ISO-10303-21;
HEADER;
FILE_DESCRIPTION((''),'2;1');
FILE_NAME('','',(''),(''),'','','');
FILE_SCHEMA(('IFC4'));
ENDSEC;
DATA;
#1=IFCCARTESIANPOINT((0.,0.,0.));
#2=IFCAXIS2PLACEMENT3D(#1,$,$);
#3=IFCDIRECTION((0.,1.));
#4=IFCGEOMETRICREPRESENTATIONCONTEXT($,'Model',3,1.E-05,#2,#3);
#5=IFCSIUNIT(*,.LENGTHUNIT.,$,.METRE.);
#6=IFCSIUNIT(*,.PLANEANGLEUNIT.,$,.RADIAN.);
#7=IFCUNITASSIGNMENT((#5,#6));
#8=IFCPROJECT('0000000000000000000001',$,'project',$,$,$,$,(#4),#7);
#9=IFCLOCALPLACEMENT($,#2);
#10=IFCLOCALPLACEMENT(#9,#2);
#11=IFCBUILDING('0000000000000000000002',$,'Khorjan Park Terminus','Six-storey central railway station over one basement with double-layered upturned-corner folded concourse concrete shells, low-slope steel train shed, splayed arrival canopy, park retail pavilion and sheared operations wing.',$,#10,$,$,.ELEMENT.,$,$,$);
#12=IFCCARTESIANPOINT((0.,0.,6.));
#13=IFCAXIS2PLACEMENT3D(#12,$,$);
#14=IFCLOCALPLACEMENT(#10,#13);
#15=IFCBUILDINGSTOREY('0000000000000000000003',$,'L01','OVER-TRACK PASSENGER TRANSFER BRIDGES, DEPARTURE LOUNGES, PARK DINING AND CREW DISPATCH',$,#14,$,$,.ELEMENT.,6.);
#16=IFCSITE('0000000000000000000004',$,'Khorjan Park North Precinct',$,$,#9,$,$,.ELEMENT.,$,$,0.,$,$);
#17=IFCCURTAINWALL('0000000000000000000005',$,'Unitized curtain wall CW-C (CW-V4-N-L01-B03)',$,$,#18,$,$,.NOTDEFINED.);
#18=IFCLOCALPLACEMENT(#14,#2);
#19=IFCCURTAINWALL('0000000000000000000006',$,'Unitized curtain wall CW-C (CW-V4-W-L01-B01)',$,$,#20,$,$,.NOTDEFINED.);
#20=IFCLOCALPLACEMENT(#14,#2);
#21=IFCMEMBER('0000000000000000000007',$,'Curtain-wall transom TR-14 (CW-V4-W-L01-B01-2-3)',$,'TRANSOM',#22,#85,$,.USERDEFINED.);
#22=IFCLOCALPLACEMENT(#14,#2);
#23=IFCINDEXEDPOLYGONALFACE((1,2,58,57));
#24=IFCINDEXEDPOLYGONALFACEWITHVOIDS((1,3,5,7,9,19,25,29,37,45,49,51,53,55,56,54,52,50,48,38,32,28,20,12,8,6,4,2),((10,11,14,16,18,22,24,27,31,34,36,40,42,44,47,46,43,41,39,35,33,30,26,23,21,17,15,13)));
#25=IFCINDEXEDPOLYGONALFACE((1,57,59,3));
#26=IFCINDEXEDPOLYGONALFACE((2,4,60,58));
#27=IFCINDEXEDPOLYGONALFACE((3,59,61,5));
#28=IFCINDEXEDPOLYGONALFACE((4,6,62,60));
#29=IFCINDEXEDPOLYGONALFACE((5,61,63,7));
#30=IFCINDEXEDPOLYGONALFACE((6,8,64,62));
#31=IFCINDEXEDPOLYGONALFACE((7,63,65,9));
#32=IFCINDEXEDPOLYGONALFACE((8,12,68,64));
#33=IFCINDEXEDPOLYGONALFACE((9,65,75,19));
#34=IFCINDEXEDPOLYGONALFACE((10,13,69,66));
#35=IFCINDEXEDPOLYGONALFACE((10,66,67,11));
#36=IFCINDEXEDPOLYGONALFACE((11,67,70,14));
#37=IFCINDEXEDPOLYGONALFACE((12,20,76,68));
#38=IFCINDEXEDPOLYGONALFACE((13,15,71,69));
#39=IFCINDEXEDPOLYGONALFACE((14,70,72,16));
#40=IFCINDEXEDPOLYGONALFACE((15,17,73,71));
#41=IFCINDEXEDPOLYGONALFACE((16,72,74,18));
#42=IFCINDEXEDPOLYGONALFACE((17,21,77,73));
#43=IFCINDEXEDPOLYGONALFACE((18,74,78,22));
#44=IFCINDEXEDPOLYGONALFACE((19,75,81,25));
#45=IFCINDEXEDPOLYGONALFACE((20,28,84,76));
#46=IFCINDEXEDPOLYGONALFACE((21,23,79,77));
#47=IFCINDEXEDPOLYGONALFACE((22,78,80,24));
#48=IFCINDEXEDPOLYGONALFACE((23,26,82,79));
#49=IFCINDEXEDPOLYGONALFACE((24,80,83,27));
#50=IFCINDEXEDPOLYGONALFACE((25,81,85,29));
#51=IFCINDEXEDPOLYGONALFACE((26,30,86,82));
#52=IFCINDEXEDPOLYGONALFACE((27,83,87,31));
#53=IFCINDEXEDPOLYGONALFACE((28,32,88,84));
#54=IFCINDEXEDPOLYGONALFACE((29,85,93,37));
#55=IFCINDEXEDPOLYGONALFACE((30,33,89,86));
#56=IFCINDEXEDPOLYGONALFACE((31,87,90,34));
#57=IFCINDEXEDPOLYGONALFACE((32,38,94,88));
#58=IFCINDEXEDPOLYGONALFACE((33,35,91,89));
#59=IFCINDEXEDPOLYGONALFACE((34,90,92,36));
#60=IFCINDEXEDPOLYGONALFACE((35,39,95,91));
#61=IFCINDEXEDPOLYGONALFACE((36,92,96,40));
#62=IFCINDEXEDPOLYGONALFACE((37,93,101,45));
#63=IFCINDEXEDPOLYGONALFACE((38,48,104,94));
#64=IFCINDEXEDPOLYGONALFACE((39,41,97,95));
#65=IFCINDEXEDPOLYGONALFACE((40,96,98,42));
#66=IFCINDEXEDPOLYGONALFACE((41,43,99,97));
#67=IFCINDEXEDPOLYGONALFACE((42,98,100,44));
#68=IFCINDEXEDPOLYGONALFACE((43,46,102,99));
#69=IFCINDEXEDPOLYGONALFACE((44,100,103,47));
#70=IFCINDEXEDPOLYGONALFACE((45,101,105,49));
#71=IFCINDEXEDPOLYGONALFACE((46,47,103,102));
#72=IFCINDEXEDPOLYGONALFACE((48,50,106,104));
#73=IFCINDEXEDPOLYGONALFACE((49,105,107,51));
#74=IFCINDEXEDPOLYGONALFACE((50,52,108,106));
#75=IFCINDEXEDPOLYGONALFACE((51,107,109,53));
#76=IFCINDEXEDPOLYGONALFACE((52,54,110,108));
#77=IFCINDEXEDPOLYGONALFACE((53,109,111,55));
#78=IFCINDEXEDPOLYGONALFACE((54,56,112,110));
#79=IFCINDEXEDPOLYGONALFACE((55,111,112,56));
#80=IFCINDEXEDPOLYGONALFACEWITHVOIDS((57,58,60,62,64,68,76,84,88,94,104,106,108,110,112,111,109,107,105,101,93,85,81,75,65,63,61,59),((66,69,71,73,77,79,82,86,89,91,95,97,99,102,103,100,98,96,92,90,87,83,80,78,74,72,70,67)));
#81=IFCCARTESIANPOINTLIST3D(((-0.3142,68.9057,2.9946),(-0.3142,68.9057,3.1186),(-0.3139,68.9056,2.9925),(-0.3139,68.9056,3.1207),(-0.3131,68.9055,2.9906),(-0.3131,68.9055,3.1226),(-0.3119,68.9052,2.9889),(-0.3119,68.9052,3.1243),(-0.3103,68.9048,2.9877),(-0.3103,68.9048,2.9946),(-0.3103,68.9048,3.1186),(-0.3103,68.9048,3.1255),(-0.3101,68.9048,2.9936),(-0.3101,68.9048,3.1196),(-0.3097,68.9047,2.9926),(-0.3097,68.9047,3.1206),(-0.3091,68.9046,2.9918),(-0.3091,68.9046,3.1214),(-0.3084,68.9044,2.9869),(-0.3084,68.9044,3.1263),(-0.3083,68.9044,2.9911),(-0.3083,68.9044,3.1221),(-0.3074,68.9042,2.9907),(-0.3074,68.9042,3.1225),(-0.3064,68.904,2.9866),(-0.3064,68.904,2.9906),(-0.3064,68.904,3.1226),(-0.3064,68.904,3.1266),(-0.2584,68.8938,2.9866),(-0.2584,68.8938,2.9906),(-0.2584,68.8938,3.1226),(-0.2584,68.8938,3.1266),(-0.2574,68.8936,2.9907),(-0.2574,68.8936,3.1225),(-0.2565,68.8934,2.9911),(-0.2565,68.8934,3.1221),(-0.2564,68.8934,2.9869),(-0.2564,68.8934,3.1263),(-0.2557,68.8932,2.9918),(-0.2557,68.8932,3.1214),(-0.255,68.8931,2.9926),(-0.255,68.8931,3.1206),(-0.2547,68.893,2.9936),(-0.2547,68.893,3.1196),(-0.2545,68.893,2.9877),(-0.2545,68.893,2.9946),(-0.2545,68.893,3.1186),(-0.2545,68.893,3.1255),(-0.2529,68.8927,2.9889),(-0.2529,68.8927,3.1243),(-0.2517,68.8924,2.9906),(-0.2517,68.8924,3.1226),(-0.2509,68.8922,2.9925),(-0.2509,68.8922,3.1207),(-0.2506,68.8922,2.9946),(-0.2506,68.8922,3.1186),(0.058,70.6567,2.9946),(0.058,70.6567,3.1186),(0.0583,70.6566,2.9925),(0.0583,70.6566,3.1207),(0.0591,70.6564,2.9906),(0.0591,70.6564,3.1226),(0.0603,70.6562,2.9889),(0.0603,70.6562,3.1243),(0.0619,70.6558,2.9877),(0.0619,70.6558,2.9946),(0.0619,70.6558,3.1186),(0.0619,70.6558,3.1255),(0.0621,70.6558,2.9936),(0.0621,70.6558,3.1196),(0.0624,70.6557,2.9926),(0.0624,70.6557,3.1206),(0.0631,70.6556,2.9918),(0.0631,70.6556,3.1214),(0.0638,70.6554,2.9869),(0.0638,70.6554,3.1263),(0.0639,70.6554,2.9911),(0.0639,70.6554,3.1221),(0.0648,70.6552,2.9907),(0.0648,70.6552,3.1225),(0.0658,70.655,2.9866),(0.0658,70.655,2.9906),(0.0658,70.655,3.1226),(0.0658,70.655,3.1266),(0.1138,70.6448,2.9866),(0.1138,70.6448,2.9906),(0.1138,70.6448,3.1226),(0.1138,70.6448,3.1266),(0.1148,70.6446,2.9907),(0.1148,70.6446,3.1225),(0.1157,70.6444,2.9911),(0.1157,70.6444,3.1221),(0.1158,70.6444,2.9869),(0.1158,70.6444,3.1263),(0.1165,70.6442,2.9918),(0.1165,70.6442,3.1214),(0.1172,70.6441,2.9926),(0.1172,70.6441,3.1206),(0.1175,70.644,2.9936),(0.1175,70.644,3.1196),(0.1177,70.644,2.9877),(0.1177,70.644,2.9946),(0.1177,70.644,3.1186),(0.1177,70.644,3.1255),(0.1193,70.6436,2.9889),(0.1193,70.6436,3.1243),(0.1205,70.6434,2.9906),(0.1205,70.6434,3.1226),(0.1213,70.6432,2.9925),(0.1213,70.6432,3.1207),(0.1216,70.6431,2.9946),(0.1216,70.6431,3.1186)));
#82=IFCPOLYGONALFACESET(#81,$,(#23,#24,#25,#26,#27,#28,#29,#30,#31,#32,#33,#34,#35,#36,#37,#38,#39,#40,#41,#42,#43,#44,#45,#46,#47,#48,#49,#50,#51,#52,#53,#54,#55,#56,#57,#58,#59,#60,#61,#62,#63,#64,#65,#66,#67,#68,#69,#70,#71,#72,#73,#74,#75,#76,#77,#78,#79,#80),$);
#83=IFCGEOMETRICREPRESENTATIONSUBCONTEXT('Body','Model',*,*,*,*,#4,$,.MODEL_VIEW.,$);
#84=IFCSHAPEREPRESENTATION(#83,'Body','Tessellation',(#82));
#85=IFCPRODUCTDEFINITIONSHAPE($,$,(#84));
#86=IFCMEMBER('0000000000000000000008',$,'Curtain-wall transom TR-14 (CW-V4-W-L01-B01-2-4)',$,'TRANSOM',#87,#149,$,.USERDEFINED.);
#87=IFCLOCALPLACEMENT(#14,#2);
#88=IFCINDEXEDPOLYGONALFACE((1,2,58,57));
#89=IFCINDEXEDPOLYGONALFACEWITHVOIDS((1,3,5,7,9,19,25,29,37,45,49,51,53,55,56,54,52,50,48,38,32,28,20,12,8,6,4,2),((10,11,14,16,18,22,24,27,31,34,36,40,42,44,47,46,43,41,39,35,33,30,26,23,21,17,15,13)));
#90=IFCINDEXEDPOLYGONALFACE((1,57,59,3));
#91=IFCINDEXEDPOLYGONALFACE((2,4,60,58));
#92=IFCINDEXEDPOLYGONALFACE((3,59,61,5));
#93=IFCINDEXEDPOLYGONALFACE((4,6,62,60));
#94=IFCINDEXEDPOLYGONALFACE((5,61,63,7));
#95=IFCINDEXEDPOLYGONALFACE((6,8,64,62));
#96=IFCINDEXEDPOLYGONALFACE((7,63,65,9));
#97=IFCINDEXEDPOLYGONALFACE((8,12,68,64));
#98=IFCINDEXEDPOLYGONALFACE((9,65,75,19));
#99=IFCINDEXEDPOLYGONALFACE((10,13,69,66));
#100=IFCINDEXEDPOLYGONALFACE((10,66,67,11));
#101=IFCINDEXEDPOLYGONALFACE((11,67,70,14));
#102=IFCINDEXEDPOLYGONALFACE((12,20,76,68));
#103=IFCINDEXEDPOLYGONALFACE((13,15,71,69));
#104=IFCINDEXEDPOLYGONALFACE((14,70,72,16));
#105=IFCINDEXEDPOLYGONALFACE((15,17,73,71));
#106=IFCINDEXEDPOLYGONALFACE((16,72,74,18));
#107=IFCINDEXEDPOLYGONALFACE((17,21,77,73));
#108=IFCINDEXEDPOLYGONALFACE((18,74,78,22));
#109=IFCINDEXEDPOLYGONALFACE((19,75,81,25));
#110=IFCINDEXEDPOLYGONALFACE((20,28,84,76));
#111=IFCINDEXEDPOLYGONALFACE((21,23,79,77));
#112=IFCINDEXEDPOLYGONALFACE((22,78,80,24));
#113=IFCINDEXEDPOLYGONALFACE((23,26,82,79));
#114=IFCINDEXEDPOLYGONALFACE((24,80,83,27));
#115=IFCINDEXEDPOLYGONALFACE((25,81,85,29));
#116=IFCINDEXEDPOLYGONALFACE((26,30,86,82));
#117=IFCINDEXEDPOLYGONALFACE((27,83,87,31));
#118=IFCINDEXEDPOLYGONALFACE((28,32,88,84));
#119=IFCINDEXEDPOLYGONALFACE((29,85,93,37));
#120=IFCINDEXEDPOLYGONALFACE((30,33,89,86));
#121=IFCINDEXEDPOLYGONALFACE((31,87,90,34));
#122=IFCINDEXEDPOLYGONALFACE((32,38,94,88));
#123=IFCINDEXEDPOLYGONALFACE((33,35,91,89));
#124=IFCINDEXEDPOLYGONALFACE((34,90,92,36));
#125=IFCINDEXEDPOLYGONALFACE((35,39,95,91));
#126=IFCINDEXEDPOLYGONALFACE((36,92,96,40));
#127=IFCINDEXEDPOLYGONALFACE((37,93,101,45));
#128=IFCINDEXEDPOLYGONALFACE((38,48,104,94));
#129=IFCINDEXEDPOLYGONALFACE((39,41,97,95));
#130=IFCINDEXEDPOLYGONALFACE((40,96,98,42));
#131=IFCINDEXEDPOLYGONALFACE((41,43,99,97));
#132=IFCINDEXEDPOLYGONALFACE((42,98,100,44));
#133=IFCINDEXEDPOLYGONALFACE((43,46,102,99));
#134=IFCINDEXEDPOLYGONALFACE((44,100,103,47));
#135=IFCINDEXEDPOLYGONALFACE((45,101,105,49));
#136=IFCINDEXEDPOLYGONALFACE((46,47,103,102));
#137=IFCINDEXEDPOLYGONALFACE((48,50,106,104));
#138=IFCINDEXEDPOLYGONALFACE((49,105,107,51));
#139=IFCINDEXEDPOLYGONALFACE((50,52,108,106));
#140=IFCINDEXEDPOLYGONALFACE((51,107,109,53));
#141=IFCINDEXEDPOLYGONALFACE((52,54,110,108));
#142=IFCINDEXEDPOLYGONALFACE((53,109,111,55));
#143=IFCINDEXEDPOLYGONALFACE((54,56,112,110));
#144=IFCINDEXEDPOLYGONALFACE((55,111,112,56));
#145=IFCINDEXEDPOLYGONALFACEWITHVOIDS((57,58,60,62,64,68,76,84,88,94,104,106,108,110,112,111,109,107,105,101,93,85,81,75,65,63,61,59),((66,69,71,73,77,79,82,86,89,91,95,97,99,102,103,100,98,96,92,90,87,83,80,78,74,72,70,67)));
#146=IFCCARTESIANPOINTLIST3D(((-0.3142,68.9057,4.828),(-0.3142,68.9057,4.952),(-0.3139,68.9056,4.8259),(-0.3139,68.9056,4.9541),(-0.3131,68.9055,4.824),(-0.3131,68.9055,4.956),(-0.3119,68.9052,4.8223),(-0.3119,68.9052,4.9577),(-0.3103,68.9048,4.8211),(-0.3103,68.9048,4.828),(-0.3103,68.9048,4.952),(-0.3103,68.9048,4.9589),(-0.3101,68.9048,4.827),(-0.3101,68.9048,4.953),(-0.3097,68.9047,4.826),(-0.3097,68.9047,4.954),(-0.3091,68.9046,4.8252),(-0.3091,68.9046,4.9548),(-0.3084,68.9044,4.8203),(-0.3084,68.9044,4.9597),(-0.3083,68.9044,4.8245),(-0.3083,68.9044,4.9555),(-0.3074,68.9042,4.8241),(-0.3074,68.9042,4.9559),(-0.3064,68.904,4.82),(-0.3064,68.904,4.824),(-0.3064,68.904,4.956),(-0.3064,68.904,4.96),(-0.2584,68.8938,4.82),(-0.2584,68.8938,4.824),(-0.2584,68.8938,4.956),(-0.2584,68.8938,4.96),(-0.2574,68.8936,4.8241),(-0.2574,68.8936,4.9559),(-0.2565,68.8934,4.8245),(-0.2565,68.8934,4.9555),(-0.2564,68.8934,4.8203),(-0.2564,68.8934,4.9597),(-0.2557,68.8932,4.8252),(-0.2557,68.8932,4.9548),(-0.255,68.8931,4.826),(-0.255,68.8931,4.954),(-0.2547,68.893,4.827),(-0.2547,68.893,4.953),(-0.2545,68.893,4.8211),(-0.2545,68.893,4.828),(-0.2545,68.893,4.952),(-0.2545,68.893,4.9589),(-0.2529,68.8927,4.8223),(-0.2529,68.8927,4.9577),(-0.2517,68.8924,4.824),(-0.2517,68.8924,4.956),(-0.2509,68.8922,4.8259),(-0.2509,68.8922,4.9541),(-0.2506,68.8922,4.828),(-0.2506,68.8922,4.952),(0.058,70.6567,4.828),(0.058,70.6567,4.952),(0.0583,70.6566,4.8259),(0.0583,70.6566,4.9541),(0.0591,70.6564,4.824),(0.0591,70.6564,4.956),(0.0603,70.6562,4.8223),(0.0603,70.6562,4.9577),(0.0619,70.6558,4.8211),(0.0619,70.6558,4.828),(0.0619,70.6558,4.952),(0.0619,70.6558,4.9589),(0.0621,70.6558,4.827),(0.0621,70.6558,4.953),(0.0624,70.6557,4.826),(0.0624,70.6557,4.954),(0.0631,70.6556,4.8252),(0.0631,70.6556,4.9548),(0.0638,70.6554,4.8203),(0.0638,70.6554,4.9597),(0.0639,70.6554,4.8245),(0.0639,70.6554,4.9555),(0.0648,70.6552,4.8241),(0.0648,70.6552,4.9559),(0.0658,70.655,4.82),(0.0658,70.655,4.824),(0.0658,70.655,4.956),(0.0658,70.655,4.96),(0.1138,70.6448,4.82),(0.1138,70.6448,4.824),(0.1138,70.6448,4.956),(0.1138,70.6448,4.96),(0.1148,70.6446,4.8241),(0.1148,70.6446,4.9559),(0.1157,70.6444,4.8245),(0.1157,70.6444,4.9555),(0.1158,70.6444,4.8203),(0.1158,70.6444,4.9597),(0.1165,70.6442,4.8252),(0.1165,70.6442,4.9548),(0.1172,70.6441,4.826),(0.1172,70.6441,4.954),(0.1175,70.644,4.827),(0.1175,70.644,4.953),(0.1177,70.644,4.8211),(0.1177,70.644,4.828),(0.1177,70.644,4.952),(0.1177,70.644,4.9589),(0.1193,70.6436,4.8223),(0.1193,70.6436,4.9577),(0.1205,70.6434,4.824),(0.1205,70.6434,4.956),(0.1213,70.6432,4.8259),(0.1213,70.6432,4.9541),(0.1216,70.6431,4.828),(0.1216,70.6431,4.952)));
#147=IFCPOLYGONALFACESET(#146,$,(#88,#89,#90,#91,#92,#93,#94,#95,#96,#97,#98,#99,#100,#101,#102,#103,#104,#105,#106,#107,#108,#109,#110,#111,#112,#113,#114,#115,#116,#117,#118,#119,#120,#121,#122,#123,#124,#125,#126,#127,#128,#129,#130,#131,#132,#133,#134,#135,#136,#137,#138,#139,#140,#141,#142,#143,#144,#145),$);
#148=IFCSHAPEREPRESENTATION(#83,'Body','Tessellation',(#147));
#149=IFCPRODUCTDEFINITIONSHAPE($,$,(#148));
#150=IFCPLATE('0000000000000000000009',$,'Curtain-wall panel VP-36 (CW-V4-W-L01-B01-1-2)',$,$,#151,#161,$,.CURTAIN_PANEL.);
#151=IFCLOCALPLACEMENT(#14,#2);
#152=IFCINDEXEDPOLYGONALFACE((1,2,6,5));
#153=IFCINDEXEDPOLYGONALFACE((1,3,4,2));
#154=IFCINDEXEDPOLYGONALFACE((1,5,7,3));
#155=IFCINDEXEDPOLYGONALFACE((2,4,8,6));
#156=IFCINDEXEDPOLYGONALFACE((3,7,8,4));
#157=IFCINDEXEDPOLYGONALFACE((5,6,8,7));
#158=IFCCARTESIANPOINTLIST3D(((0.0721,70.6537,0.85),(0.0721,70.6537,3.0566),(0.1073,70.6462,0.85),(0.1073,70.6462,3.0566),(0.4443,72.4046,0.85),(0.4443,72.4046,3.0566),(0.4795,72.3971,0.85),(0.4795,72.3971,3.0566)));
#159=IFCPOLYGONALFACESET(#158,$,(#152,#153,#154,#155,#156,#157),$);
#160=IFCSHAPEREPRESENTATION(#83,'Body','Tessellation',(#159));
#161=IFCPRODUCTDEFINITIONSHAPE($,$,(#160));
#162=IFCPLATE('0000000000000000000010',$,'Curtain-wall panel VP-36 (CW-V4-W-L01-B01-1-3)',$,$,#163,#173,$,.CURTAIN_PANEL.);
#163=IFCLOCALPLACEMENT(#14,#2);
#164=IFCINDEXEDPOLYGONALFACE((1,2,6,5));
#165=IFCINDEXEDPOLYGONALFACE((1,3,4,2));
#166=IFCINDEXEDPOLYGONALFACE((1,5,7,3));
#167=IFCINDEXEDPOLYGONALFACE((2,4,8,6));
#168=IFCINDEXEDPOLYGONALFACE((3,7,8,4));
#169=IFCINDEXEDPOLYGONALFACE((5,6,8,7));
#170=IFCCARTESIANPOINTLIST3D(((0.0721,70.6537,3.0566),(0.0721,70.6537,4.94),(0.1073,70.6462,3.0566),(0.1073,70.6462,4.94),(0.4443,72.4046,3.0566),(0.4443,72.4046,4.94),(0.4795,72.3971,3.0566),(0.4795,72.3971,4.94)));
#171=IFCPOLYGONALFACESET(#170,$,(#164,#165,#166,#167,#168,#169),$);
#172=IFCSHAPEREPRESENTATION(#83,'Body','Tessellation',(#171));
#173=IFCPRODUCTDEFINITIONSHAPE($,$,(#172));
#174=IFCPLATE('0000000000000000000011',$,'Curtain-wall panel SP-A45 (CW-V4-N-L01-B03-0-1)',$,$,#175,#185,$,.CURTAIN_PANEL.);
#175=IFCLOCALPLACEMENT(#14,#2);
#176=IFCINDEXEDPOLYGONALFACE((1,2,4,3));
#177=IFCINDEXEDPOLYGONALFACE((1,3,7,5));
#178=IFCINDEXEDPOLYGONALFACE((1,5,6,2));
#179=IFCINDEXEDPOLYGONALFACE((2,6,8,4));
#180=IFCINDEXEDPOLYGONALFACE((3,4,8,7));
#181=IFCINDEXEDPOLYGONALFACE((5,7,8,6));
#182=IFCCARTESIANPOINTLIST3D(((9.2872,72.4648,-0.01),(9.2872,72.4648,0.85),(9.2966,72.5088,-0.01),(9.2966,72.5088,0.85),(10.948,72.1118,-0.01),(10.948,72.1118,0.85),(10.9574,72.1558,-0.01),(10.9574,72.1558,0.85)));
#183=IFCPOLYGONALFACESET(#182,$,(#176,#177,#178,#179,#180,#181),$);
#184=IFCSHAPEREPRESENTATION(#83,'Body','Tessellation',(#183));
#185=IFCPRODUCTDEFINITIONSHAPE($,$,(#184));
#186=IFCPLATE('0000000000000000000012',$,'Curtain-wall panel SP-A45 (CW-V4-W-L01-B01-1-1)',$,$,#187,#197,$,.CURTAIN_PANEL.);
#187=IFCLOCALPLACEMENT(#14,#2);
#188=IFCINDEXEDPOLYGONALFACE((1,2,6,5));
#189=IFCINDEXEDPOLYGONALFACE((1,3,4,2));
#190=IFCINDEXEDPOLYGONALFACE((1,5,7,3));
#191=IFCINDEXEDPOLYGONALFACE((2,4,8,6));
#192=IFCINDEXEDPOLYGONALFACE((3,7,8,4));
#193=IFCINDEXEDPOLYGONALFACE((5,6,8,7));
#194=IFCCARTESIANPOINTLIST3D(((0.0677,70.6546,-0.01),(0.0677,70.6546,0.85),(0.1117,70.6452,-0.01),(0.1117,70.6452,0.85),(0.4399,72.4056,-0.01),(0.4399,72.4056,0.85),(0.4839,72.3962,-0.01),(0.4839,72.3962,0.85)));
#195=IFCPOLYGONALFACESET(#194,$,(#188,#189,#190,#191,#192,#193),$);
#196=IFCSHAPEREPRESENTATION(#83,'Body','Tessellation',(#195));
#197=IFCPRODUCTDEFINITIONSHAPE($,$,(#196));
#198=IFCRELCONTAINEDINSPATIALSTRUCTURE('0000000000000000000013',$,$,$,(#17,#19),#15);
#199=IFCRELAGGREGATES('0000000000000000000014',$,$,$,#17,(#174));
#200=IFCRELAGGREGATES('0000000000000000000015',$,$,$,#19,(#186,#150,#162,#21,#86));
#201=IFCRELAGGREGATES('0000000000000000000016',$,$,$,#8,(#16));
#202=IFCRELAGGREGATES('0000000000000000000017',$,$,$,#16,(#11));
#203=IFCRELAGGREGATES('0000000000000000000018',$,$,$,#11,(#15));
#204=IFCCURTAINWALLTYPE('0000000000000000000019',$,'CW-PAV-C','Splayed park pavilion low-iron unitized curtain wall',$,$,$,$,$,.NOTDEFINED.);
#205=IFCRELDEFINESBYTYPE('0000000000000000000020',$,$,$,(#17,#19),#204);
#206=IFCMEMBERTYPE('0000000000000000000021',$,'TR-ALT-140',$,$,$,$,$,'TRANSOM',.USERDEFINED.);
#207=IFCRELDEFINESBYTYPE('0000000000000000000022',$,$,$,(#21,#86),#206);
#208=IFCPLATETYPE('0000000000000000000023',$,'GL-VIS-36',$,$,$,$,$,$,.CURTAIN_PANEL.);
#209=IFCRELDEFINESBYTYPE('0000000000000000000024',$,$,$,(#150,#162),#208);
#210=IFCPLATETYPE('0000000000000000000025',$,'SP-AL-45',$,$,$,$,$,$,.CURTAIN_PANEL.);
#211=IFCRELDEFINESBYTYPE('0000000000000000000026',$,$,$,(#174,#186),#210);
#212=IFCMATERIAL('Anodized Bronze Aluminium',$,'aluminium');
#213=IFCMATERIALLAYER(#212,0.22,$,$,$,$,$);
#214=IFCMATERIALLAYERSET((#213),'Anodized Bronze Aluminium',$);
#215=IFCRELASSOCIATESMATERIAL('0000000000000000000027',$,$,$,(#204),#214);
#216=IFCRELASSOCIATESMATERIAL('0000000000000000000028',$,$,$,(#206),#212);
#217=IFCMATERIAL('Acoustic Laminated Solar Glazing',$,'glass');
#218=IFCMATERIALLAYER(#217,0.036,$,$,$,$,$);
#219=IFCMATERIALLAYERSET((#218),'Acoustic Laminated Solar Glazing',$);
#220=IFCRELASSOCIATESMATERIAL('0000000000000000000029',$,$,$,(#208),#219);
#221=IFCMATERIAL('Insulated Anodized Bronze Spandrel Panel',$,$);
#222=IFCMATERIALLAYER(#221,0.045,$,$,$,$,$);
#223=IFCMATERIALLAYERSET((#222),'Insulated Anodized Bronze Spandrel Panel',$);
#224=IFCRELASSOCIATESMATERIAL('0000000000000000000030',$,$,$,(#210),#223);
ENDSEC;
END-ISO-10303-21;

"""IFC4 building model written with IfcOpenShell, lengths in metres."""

from ifc_helpers import new_model, si_unit, direction, frame, origin, origin_2d, place, context, subcontext, project, spatial, rectangle, hollow_rectangle, extrude, material, layer, layer_set, material_profile, profile_set, type_object, element, aggregate, save


model = new_model("IFC4")

# Units and contexts
model_context = context("Model", 3, precision=1e-05, world=origin(), true_north=direction((0.0, 1.0)))
body_context = subcontext(model_context, "Body", "Model", "MODEL_VIEW")
ifc_project = project(units=[si_unit("LENGTHUNIT", "METRE"), si_unit("PLANEANGLEUNIT", "RADIAN")], contexts=[model_context])

# Site, building, storey
site_placement = place(None, origin())
site = spatial("IfcSite", under=ifc_project, at=site_placement, Name="Khorjan Park North Precinct", CompositionType="ELEMENT", RefElevation=0.0)
building_placement = place(site_placement, origin())
building = spatial("IfcBuilding", under=site, at=building_placement, Name="Khorjan Park Terminus", Description="Six-storey central railway station over one basement with double-layered upturned-corner folded concourse concrete shells, low-slope steel train shed, splayed arrival canopy, park retail pavilion and sheared operations wing.", CompositionType="ELEMENT")
storey_placement = place(building_placement, frame((0.0, 0.0, 6.0)))
storey = spatial("IfcBuildingStorey", under=building, at=storey_placement, Name="L01", Description="OVER-TRACK PASSENGER TRANSFER BRIDGES, DEPARTURE LOUNGES, PARK DINING AND CREW DISPATCH", CompositionType="ELEMENT", Elevation=6.0)

# Curtain wall
ifc_material_1 = material(Name="Anodized Bronze Aluminium", Category="aluminium")
ifc_layer_1 = layer(ifc_material_1, 0.22)
ifc_layer_set_1 = layer_set([ifc_layer_1], Name="Anodized Bronze Aluminium")
curtain_wall_type = type_object("IfcCurtainWallType", Name="CW-PAV-C", Description="Splayed park pavilion low-iron unitized curtain wall", PredefinedType="NOTDEFINED", material=ifc_layer_set_1)
curtain_wall_1_placement = place(storey_placement, origin())
curtain_wall_1 = element("IfcCurtainWall", 1, at=curtain_wall_1_placement, inside=storey, type_object=curtain_wall_type, Name="Unitized curtain wall CW-C (CW-V4-N-L01-B03)", PredefinedType="NOTDEFINED")
ifc_material_profile_1 = material_profile(ifc_material_1, hollow_rectangle(XDim=0.065, YDim=0.14, WallThickness=0.004, InnerFilletRadius=0.004, OuterFilletRadius=0.008, at=origin_2d()), Name="ALT 65x140x4")
ifc_profile_set_1 = profile_set([ifc_material_profile_1], Name="Anodized Bronze Aluminium")
member_type_1 = type_object("IfcMemberType", Name="TR-ALT-140", ElementType="TRANSOM", PredefinedType="USERDEFINED", material=ifc_profile_set_1)

# Curtain wall, members, plates
curtain_wall_2_placement = place(storey_placement, origin())
curtain_wall_2 = element("IfcCurtainWall", 2, at=curtain_wall_2_placement, inside=storey, type_object=curtain_wall_type, Name="Unitized curtain wall CW-C (CW-V4-W-L01-B01)", PredefinedType="NOTDEFINED")
member_1_placement = place(storey_placement, frame((0.0898, 70.6499, 3.0566), z_axis=(-0.207919, -0.978146, 0.0), x_axis=(0.978146, -0.207919, 0.0)))
member_1 = element("IfcMember", 3, at=member_1_placement, type_object=member_type_1, Name="Curtain-wall transom TR-14 (CW-V4-W-L01-B01-2-3)", ObjectType="TRANSOM", PredefinedType="USERDEFINED", context=body_context, shape_type="SweptSolid", body=[
    extrude(hollow_rectangle(XDim=0.065, YDim=0.14, WallThickness=0.004, InnerFilletRadius=0.004, OuterFilletRadius=0.008, at=origin_2d()), origin(), (0.0, 0.0, 1.0), 1.7901),
])
member_2_placement = place(storey_placement, frame((0.0898, 70.6499, 4.89), z_axis=(-0.207919, -0.978146, 0.0), x_axis=(0.978146, -0.207919, 0.0)))
member_2 = element("IfcMember", 4, at=member_2_placement, type_object=member_type_1, Name="Curtain-wall transom TR-14 (CW-V4-W-L01-B01-2-4)", ObjectType="TRANSOM", PredefinedType="USERDEFINED", context=body_context, shape_type="SweptSolid", body=[
    extrude(hollow_rectangle(XDim=0.065, YDim=0.14, WallThickness=0.004, InnerFilletRadius=0.004, OuterFilletRadius=0.008, at=origin_2d()), origin(), (0.0, 0.0, 1.0), 1.7901),
])
ifc_material_2 = material(Name="Acoustic Laminated Solar Glazing", Category="glass")
ifc_layer_2 = layer(ifc_material_2, 0.036)
ifc_layer_set_2 = layer_set([ifc_layer_2], Name="Acoustic Laminated Solar Glazing")
plate_type_1 = type_object("IfcPlateType", Name="GL-VIS-36", PredefinedType="CURTAIN_PANEL", material=ifc_layer_set_2)
plate_1_placement = place(storey_placement, frame((0.2758, 71.5254, 0.85), z_axis=(0.0, 0.0, 1.0), x_axis=(-0.207907, -0.978149, 0.0)))
plate_1 = element("IfcPlate", 5, at=plate_1_placement, type_object=plate_type_1, Name="Curtain-wall panel VP-36 (CW-V4-W-L01-B01-1-2)", PredefinedType="CURTAIN_PANEL", context=body_context, shape_type="SweptSolid", body=[
    extrude(rectangle(XDim=1.7901, YDim=0.036, at=origin_2d()), origin(), (0.0, 0.0, 1.0), 2.2066),
])
plate_2_placement = place(storey_placement, frame((0.2758, 71.5254, 3.0566), z_axis=(0.0, 0.0, 1.0), x_axis=(-0.207907, -0.978149, 0.0)))
plate_2 = element("IfcPlate", 6, at=plate_2_placement, type_object=plate_type_1, Name="Curtain-wall panel VP-36 (CW-V4-W-L01-B01-1-3)", PredefinedType="CURTAIN_PANEL", context=body_context, shape_type="SweptSolid", body=[
    extrude(rectangle(XDim=1.7901, YDim=0.036, at=origin_2d()), origin(), (0.0, 0.0, 1.0), 1.8834),
])

# Plates
ifc_material_3 = material(Name="Insulated Anodized Bronze Spandrel Panel")
ifc_layer_3 = layer(ifc_material_3, 0.045)
ifc_layer_set_3 = layer_set([ifc_layer_3], Name="Insulated Anodized Bronze Spandrel Panel")
plate_type_2 = type_object("IfcPlateType", Name="SP-AL-45", PredefinedType="CURTAIN_PANEL", material=ifc_layer_set_3)
plate_3_placement = place(storey_placement, frame((10.1223, 72.3103, -0.01), z_axis=(0.0, 0.0, 1.0), x_axis=(-0.978146, 0.207917, 0.0)))
plate_3 = element("IfcPlate", 7, at=plate_3_placement, type_object=plate_type_2, Name="Curtain-wall panel SP-A45 (CW-V4-N-L01-B03-0-1)", PredefinedType="CURTAIN_PANEL", context=body_context, shape_type="SweptSolid", body=[
    extrude(rectangle(XDim=1.6979, YDim=0.045, at=origin_2d()), origin(), (0.0, 0.0, 1.0), 0.86),
])
aggregate(curtain_wall_1, [plate_3])
plate_4_placement = place(storey_placement, frame((0.2758, 71.5254, -0.01), z_axis=(0.0, 0.0, 1.0), x_axis=(-0.207907, -0.978149, 0.0)))
plate_4 = element("IfcPlate", 8, at=plate_4_placement, type_object=plate_type_2, Name="Curtain-wall panel SP-A45 (CW-V4-W-L01-B01-1-1)", PredefinedType="CURTAIN_PANEL", context=body_context, shape_type="SweptSolid", body=[
    extrude(rectangle(XDim=1.7901, YDim=0.045, at=origin_2d()), origin(), (0.0, 0.0, 1.0), 0.86),
])
aggregate(curtain_wall_2, [plate_4, plate_1, plate_2, member_1, member_2])

save(model, "model.ifc")
